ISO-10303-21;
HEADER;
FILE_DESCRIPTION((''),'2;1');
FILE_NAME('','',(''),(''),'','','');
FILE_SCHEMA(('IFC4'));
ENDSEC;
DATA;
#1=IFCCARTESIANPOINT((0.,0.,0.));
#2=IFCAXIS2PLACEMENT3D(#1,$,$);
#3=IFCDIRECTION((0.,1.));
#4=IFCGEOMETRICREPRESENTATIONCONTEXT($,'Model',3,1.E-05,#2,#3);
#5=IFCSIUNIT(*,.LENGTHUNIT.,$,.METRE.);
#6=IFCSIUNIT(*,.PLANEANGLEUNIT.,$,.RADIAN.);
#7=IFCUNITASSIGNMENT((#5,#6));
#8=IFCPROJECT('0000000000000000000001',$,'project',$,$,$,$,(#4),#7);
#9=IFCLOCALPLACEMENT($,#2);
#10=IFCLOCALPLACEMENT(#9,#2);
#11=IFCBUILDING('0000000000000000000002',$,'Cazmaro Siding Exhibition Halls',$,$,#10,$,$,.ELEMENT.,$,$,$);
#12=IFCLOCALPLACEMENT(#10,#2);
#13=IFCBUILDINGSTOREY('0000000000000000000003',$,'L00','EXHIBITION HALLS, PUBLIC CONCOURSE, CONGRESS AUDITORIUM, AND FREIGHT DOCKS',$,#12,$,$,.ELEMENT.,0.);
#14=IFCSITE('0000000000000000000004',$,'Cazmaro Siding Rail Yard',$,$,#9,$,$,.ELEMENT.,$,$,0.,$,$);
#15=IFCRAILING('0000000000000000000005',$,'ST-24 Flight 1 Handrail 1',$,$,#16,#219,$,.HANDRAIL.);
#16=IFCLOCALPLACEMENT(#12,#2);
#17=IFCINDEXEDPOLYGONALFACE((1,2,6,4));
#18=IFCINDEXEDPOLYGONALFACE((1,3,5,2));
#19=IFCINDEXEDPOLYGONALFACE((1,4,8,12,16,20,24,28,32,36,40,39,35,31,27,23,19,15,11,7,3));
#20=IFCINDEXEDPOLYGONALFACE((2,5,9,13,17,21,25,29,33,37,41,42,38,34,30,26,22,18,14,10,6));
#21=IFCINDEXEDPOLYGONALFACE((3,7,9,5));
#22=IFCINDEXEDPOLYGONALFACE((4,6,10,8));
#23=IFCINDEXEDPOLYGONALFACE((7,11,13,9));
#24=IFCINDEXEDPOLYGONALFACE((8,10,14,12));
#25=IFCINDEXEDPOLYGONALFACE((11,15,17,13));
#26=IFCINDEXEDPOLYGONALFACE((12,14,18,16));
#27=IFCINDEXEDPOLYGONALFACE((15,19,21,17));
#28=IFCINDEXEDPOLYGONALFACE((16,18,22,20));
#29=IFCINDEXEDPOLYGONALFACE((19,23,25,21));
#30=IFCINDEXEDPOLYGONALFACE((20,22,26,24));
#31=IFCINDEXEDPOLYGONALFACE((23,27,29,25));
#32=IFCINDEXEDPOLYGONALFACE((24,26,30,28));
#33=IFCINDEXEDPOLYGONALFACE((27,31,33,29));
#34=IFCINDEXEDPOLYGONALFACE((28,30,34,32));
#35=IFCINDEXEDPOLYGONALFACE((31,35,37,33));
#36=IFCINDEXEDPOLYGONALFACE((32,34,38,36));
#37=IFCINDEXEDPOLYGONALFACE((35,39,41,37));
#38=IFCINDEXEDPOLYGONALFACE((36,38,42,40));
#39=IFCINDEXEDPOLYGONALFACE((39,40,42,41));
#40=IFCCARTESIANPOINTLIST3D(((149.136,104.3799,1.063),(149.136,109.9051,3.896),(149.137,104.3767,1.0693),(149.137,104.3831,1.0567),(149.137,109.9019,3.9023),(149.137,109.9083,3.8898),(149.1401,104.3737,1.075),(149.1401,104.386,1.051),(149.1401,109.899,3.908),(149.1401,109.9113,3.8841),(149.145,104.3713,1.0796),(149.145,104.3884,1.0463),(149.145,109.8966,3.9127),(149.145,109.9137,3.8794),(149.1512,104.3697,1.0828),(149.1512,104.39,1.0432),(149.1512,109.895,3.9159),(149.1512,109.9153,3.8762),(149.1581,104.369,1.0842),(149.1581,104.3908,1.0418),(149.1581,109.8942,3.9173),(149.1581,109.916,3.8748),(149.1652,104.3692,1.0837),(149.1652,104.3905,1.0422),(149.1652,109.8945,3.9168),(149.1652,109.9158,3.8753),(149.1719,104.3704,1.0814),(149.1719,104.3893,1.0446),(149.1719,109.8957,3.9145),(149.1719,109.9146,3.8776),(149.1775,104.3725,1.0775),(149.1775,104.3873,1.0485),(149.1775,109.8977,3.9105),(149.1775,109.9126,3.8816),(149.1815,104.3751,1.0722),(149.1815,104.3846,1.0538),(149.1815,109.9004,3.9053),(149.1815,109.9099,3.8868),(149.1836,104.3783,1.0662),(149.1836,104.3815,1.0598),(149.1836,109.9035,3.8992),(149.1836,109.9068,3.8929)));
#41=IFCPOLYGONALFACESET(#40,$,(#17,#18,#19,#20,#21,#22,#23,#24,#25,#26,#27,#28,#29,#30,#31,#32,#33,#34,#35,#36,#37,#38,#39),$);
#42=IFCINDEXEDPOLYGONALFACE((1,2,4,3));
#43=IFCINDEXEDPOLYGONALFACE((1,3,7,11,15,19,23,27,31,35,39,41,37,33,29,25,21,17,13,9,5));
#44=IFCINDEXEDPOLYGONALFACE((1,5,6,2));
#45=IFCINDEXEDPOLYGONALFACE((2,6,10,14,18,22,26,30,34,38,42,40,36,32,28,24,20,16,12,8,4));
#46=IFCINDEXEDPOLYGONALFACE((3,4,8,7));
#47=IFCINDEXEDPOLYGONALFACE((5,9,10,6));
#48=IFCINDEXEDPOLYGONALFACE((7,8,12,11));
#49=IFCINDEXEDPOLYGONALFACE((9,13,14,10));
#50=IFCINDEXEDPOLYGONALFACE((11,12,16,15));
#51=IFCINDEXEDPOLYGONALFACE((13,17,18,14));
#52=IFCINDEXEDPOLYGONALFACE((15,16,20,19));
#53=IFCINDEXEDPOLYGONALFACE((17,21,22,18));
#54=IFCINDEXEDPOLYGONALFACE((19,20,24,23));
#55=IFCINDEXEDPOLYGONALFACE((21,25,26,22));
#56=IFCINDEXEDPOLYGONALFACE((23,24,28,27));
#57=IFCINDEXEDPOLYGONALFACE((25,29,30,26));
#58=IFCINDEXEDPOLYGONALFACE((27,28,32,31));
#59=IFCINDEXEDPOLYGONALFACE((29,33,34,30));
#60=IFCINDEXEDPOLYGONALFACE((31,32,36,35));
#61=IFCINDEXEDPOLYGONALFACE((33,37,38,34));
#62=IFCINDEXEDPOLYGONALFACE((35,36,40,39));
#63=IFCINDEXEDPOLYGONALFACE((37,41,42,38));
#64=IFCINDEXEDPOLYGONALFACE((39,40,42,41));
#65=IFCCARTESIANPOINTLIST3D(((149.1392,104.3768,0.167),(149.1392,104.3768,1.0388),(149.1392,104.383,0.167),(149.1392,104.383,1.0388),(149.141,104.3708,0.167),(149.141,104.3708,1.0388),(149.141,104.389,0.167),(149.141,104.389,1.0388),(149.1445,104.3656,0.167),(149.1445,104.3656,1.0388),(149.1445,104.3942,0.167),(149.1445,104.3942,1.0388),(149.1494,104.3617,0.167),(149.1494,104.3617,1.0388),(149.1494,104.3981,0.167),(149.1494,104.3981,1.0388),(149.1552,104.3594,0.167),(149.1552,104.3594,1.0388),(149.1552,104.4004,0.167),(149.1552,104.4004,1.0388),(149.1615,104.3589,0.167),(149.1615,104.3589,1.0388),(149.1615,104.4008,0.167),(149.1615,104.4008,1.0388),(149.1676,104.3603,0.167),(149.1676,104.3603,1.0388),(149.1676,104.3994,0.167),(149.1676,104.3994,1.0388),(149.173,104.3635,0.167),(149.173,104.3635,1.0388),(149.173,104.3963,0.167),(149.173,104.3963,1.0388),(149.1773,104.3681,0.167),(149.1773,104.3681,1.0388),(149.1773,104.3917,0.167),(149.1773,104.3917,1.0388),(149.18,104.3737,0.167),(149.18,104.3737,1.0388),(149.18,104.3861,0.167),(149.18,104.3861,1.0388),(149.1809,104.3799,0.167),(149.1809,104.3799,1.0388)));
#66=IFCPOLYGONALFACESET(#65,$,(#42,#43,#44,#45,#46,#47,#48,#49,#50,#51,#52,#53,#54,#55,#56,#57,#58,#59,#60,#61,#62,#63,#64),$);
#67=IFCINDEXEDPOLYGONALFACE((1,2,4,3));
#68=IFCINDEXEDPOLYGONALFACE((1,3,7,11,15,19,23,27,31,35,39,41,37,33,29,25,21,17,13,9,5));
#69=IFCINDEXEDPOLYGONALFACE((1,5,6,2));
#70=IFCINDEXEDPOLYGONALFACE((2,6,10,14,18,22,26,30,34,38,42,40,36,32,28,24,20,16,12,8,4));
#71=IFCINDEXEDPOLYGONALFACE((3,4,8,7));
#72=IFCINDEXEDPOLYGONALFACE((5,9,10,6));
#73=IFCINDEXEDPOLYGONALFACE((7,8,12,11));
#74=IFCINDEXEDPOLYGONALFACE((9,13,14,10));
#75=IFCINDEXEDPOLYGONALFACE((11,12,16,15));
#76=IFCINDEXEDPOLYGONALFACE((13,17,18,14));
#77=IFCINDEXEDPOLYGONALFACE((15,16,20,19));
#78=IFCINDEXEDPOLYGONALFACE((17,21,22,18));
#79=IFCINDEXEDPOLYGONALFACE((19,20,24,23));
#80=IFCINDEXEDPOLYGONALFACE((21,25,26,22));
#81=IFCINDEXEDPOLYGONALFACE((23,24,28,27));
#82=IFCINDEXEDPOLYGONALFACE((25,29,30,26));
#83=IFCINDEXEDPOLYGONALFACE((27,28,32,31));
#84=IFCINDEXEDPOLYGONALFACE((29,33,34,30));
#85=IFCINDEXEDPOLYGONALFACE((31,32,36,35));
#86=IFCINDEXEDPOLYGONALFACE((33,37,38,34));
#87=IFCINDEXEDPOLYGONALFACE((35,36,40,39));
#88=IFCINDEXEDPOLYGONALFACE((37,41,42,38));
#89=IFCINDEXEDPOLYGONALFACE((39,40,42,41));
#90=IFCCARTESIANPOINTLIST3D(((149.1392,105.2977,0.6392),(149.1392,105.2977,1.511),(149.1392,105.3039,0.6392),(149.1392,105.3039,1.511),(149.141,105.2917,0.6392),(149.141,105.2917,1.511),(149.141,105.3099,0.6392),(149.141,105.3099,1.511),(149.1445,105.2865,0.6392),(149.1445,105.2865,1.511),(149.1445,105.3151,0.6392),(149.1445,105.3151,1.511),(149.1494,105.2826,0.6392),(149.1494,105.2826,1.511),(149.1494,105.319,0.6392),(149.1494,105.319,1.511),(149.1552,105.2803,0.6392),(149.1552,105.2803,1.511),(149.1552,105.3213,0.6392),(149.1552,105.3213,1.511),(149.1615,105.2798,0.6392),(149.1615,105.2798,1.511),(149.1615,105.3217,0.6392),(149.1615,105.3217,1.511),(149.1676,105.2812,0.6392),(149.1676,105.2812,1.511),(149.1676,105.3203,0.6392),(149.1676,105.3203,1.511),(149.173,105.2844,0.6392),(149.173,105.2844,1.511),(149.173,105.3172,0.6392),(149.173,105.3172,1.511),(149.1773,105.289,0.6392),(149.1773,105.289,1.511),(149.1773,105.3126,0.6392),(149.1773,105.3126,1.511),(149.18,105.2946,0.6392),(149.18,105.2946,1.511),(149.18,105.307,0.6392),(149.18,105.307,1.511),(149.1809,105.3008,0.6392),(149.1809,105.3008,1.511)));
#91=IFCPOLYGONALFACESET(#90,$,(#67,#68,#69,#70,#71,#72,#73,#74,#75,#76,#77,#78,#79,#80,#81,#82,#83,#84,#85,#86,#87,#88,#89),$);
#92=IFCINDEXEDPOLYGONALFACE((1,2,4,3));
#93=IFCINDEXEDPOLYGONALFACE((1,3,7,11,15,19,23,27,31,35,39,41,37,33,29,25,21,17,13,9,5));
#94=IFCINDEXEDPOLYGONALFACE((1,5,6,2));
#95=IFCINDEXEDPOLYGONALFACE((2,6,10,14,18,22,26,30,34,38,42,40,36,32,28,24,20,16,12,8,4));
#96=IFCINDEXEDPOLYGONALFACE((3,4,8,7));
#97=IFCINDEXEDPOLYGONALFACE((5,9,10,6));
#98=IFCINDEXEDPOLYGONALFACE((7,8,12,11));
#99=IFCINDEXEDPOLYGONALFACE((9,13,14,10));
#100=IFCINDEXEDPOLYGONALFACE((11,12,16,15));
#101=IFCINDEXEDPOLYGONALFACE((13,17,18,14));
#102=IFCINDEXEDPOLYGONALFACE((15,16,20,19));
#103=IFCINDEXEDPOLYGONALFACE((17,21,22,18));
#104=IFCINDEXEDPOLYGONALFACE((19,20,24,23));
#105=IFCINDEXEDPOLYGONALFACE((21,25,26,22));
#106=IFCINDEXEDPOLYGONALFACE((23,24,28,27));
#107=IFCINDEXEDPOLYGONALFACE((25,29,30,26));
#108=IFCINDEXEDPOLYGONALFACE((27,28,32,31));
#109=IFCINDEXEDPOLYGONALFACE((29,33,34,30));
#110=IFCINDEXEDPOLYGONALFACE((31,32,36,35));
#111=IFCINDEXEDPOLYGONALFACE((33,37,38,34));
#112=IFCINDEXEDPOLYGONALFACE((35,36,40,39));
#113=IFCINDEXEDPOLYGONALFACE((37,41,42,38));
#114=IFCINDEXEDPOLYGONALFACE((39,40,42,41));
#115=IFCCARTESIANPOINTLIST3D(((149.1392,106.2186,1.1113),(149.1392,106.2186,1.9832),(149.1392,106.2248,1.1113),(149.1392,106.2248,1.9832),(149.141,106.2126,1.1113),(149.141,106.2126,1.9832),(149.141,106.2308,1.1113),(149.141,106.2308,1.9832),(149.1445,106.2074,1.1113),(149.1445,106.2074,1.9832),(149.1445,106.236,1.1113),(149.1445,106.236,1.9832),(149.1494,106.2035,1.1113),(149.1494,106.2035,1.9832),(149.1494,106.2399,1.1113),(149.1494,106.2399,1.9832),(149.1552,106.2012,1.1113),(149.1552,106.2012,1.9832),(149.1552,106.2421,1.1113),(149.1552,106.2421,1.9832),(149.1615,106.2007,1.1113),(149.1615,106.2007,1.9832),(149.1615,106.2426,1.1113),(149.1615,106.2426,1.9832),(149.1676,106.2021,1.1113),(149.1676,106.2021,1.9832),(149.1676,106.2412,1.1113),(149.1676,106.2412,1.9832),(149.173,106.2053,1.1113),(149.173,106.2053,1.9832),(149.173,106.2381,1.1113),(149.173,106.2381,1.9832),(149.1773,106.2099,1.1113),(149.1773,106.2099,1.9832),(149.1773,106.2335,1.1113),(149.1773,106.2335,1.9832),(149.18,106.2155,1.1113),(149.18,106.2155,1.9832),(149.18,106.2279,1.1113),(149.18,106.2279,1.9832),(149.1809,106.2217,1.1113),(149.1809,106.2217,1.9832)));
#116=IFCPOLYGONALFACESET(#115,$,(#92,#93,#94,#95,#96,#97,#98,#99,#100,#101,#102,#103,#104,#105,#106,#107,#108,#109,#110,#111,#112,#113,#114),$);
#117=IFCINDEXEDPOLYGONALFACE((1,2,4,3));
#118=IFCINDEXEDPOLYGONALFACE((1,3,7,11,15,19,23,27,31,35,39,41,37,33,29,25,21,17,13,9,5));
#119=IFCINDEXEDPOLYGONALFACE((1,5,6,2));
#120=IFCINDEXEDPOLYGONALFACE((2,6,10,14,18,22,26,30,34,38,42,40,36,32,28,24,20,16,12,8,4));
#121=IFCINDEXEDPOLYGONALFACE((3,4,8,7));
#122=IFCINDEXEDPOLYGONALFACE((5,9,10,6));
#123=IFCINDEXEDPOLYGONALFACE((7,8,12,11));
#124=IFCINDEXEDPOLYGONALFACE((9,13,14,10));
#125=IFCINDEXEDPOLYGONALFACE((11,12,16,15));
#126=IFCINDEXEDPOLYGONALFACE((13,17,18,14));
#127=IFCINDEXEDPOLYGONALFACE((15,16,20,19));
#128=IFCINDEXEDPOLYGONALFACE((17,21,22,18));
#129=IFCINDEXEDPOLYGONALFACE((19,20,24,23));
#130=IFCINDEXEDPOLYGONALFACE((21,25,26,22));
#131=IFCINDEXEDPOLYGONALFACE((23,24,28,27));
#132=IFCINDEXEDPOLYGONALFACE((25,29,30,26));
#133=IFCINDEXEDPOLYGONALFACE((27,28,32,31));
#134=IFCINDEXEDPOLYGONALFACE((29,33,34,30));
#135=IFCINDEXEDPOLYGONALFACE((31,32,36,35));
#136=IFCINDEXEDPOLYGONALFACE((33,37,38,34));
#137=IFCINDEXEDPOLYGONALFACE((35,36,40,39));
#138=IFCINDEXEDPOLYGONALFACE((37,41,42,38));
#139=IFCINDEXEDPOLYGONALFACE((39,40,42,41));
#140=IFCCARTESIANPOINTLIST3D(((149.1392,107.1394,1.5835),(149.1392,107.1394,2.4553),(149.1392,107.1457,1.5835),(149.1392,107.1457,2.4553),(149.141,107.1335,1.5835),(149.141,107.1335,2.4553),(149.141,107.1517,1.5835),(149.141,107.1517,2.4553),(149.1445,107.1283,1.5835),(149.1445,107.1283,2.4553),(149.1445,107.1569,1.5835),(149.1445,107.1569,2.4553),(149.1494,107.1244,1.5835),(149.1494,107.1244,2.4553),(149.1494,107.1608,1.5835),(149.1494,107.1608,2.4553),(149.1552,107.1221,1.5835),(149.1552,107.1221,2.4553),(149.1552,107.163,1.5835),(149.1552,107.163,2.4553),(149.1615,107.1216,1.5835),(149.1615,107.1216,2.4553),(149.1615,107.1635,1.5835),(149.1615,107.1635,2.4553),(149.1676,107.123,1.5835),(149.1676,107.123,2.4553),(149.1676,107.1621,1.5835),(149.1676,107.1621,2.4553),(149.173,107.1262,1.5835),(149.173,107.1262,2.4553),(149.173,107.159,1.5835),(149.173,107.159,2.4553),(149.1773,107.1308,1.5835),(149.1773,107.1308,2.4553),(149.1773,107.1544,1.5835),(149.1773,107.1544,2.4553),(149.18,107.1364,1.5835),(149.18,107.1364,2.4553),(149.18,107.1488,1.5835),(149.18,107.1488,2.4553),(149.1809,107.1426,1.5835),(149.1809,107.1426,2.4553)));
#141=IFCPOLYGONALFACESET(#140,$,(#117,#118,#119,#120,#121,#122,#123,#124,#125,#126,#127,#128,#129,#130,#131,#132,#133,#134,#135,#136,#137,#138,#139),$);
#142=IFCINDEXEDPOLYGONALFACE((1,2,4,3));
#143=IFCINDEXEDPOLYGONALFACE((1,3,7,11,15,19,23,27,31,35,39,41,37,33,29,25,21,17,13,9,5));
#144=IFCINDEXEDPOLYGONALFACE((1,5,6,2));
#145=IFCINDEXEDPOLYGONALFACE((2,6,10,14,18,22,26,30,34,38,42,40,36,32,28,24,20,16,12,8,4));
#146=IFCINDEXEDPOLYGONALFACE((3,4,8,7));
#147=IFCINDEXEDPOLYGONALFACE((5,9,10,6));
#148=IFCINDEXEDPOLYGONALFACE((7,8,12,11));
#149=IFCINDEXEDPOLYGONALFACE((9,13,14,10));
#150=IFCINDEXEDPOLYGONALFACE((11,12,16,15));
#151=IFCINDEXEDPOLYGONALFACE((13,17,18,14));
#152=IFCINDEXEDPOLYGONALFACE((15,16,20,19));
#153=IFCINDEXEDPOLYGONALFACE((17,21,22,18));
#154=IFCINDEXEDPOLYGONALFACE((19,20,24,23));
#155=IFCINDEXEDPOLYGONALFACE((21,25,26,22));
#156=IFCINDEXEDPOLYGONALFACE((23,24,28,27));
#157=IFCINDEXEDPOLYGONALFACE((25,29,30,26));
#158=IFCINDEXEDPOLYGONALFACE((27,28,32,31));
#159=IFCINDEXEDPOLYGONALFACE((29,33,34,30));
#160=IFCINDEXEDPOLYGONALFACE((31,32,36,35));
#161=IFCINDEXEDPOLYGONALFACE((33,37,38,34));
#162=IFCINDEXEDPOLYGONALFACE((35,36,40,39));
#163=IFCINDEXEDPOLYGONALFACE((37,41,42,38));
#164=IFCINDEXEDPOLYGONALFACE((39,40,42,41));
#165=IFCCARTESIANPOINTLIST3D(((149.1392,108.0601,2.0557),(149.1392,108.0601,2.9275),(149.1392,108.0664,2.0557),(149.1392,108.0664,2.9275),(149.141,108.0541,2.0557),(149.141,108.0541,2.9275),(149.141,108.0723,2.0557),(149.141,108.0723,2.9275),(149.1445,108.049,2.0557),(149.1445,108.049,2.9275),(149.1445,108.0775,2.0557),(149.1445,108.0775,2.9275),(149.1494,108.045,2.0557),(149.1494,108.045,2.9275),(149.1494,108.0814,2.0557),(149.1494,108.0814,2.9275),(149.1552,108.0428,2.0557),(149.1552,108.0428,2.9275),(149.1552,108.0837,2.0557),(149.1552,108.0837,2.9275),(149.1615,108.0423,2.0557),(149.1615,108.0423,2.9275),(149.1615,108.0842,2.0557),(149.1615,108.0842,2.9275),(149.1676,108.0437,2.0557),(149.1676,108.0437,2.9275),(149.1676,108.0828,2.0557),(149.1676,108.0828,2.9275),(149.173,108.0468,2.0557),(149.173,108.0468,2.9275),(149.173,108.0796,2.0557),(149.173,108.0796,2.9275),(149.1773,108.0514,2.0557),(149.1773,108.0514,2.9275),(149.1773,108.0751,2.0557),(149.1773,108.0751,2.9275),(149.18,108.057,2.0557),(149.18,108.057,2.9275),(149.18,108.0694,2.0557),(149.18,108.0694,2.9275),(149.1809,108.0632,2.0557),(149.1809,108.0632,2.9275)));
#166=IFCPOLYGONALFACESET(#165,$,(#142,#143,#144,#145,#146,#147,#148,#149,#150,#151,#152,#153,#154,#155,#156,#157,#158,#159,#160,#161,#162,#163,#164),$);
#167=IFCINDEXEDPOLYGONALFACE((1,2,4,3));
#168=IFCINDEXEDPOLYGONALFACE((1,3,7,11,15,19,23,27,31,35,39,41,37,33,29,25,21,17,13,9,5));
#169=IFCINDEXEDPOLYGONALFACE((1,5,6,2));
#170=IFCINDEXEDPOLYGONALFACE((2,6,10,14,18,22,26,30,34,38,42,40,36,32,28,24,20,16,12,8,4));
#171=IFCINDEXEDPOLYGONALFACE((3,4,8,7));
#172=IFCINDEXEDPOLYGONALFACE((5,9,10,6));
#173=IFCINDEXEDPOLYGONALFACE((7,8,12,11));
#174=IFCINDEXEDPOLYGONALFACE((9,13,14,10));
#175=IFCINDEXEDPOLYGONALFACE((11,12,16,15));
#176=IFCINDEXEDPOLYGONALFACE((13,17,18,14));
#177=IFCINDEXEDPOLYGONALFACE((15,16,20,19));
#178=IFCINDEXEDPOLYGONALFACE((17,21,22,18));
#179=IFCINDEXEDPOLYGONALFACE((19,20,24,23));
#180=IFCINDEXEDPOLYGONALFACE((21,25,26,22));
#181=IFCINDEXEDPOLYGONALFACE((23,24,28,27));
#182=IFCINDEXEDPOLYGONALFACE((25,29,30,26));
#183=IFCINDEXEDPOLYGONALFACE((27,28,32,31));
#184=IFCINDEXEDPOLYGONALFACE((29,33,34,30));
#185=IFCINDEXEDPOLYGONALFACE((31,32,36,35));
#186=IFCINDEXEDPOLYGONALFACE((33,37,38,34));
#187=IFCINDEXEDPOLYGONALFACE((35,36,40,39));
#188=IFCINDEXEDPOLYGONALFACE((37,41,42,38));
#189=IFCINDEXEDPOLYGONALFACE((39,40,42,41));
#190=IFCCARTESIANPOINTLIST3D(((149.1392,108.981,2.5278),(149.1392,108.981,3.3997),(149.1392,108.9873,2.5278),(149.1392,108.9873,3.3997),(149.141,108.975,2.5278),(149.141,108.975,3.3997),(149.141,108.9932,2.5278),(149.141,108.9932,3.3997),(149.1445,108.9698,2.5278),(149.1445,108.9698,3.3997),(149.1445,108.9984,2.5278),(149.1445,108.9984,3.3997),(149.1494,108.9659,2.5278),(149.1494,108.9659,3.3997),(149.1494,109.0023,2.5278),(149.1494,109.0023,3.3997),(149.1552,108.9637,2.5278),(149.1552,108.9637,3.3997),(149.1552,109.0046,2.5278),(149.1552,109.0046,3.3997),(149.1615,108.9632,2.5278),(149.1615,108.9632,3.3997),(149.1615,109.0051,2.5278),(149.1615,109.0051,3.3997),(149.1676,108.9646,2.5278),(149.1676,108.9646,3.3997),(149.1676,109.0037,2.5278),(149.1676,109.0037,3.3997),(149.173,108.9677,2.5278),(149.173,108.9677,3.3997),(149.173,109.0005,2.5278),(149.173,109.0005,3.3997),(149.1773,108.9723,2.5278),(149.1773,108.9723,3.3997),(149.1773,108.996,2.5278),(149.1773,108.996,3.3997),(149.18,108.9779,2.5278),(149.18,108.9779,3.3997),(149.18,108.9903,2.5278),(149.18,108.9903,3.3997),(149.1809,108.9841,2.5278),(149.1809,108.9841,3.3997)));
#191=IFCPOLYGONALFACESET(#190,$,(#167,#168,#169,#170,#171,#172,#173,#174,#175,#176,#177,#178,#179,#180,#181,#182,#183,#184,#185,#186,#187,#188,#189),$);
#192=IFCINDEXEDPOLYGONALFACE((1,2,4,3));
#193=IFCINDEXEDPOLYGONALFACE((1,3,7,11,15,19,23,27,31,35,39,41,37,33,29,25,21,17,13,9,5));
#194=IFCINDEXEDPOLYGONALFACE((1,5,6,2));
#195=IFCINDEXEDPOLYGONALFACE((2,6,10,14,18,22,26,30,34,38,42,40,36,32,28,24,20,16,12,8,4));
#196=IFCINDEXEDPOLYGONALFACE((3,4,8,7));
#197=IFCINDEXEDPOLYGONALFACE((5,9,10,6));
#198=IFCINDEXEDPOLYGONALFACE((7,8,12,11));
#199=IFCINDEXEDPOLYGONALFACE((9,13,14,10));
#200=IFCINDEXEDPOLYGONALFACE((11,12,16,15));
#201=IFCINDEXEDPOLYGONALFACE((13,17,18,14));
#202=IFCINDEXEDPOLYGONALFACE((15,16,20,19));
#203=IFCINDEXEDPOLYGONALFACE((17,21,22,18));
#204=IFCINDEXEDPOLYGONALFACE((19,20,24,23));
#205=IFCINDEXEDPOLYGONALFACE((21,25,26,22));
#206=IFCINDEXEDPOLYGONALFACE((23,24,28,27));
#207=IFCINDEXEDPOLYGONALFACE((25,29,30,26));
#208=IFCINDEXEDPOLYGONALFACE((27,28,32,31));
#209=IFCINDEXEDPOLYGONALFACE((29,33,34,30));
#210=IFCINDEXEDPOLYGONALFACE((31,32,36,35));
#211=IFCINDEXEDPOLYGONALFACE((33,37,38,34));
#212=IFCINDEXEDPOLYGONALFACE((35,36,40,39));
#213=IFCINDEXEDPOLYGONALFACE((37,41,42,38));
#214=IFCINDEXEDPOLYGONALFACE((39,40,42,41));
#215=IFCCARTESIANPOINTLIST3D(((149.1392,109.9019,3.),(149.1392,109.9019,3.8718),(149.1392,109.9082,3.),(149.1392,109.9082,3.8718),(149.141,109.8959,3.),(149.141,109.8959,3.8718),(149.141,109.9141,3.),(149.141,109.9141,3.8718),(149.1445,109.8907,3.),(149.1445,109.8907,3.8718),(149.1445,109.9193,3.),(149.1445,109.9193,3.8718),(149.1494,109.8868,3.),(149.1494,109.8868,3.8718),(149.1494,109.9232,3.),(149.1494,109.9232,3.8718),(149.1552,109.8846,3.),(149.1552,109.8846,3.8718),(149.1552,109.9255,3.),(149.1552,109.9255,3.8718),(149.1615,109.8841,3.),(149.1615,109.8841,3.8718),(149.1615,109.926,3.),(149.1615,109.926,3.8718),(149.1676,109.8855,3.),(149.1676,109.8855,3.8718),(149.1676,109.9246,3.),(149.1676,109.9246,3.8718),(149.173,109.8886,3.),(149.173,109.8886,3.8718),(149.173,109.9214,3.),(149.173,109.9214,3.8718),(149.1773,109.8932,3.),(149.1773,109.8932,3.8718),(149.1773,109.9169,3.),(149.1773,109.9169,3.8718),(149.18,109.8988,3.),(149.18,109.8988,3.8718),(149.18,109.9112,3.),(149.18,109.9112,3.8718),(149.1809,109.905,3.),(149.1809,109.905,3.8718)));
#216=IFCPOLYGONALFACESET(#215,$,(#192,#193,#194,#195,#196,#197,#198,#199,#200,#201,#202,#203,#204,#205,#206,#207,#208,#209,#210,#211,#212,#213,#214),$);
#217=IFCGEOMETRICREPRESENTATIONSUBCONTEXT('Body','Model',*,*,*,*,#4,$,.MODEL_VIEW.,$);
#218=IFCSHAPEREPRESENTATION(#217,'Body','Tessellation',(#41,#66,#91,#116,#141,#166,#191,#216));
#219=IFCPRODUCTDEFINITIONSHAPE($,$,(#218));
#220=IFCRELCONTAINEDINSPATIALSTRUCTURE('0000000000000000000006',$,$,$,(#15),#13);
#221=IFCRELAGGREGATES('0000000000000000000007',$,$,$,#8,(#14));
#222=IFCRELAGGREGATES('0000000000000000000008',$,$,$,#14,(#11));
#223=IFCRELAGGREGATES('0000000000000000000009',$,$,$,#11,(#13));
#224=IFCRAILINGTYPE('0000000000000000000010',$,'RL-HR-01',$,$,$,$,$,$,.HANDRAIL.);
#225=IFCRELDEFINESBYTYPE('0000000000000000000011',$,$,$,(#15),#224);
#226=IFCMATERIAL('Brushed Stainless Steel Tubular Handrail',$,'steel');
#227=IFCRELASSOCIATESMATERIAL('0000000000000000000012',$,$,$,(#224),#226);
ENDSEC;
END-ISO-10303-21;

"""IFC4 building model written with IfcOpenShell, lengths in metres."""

from ifc_helpers import new_model, si_unit, direction, frame, origin, origin_2d, place, context, subcontext, project, spatial, circle, extrude, material, type_object, element, save


model = new_model("IFC4")

# Units and contexts
model_context = context("Model", 3, precision=1e-05, world=origin(), true_north=direction((0.0, 1.0)))
body_context = subcontext(model_context, "Body", "Model", "MODEL_VIEW")
ifc_project = project(units=[si_unit("LENGTHUNIT", "METRE"), si_unit("PLANEANGLEUNIT", "RADIAN")], contexts=[model_context])

# Site, building, storey
site_placement = place(None, origin())
site = spatial("IfcSite", under=ifc_project, at=site_placement, Name="Cazmaro Siding Rail Yard", CompositionType="ELEMENT", RefElevation=0.0)
building_placement = place(site_placement, origin())
building = spatial("IfcBuilding", under=site, at=building_placement, Name="Cazmaro Siding Exhibition Halls", CompositionType="ELEMENT")
storey_placement = place(building_placement, origin())
storey = spatial("IfcBuildingStorey", under=building, at=storey_placement, Name="L00", Description="EXHIBITION HALLS, PUBLIC CONCOURSE, CONGRESS AUDITORIUM, AND FREIGHT DOCKS", CompositionType="ELEMENT", Elevation=0.0)

# Railing
ifc_material_1 = material(Name="Brushed Stainless Steel Tubular Handrail", Category="steel")
railing_type_1 = type_object("IfcRailingType", Name="RL-HR-01", PredefinedType="HANDRAIL", material=ifc_material_1)
railing_1_placement = place(storey_placement, frame((149.1599, 104.3799, 0.167)))
element("IfcRailing", 1, at=railing_1_placement, inside=storey, type_object=railing_type_1, Name="ST-24 Flight 1 Handrail 1", PredefinedType="HANDRAIL", context=body_context, shape_type="SweptSolid", body=[
    extrude(circle(Radius=0.0239, at=origin_2d()), frame((0.0, 0.0, 0.896), z_axis=(0.0, 0.889844, 0.456266), x_axis=(-1.0, 0.0, 0.0)), (0.0, 0.0, 1.0), 6.2092),
    extrude(circle(Radius=0.021, at=origin_2d()), origin(), (0.0, 0.0, 1.0), 0.8718),
    extrude(circle(Radius=0.021, at=origin_2d()), frame((0.0, 0.9209, 0.4722)), (0.0, 0.0, 1.0), 0.8718),
    extrude(circle(Radius=0.021, at=origin_2d()), frame((0.0, 1.8418, 0.9443)), (0.0, 0.0, 1.0), 0.8718),
    extrude(circle(Radius=0.021, at=origin_2d()), frame((0.0, 2.7627, 1.4165)), (0.0, 0.0, 1.0), 0.8718),
    extrude(circle(Radius=0.021, at=origin_2d()), frame((0.0, 3.6833, 1.8887)), (0.0, 0.0, 1.0), 0.8718),
    extrude(circle(Radius=0.021, at=origin_2d()), frame((0.0, 4.6042, 2.3608)), (0.0, 0.0, 1.0), 0.8718),
    extrude(circle(Radius=0.021, at=origin_2d()), frame((0.0, 5.5251, 2.833)), (0.0, 0.0, 1.0), 0.8718),
])

save(model, "model.ifc")
